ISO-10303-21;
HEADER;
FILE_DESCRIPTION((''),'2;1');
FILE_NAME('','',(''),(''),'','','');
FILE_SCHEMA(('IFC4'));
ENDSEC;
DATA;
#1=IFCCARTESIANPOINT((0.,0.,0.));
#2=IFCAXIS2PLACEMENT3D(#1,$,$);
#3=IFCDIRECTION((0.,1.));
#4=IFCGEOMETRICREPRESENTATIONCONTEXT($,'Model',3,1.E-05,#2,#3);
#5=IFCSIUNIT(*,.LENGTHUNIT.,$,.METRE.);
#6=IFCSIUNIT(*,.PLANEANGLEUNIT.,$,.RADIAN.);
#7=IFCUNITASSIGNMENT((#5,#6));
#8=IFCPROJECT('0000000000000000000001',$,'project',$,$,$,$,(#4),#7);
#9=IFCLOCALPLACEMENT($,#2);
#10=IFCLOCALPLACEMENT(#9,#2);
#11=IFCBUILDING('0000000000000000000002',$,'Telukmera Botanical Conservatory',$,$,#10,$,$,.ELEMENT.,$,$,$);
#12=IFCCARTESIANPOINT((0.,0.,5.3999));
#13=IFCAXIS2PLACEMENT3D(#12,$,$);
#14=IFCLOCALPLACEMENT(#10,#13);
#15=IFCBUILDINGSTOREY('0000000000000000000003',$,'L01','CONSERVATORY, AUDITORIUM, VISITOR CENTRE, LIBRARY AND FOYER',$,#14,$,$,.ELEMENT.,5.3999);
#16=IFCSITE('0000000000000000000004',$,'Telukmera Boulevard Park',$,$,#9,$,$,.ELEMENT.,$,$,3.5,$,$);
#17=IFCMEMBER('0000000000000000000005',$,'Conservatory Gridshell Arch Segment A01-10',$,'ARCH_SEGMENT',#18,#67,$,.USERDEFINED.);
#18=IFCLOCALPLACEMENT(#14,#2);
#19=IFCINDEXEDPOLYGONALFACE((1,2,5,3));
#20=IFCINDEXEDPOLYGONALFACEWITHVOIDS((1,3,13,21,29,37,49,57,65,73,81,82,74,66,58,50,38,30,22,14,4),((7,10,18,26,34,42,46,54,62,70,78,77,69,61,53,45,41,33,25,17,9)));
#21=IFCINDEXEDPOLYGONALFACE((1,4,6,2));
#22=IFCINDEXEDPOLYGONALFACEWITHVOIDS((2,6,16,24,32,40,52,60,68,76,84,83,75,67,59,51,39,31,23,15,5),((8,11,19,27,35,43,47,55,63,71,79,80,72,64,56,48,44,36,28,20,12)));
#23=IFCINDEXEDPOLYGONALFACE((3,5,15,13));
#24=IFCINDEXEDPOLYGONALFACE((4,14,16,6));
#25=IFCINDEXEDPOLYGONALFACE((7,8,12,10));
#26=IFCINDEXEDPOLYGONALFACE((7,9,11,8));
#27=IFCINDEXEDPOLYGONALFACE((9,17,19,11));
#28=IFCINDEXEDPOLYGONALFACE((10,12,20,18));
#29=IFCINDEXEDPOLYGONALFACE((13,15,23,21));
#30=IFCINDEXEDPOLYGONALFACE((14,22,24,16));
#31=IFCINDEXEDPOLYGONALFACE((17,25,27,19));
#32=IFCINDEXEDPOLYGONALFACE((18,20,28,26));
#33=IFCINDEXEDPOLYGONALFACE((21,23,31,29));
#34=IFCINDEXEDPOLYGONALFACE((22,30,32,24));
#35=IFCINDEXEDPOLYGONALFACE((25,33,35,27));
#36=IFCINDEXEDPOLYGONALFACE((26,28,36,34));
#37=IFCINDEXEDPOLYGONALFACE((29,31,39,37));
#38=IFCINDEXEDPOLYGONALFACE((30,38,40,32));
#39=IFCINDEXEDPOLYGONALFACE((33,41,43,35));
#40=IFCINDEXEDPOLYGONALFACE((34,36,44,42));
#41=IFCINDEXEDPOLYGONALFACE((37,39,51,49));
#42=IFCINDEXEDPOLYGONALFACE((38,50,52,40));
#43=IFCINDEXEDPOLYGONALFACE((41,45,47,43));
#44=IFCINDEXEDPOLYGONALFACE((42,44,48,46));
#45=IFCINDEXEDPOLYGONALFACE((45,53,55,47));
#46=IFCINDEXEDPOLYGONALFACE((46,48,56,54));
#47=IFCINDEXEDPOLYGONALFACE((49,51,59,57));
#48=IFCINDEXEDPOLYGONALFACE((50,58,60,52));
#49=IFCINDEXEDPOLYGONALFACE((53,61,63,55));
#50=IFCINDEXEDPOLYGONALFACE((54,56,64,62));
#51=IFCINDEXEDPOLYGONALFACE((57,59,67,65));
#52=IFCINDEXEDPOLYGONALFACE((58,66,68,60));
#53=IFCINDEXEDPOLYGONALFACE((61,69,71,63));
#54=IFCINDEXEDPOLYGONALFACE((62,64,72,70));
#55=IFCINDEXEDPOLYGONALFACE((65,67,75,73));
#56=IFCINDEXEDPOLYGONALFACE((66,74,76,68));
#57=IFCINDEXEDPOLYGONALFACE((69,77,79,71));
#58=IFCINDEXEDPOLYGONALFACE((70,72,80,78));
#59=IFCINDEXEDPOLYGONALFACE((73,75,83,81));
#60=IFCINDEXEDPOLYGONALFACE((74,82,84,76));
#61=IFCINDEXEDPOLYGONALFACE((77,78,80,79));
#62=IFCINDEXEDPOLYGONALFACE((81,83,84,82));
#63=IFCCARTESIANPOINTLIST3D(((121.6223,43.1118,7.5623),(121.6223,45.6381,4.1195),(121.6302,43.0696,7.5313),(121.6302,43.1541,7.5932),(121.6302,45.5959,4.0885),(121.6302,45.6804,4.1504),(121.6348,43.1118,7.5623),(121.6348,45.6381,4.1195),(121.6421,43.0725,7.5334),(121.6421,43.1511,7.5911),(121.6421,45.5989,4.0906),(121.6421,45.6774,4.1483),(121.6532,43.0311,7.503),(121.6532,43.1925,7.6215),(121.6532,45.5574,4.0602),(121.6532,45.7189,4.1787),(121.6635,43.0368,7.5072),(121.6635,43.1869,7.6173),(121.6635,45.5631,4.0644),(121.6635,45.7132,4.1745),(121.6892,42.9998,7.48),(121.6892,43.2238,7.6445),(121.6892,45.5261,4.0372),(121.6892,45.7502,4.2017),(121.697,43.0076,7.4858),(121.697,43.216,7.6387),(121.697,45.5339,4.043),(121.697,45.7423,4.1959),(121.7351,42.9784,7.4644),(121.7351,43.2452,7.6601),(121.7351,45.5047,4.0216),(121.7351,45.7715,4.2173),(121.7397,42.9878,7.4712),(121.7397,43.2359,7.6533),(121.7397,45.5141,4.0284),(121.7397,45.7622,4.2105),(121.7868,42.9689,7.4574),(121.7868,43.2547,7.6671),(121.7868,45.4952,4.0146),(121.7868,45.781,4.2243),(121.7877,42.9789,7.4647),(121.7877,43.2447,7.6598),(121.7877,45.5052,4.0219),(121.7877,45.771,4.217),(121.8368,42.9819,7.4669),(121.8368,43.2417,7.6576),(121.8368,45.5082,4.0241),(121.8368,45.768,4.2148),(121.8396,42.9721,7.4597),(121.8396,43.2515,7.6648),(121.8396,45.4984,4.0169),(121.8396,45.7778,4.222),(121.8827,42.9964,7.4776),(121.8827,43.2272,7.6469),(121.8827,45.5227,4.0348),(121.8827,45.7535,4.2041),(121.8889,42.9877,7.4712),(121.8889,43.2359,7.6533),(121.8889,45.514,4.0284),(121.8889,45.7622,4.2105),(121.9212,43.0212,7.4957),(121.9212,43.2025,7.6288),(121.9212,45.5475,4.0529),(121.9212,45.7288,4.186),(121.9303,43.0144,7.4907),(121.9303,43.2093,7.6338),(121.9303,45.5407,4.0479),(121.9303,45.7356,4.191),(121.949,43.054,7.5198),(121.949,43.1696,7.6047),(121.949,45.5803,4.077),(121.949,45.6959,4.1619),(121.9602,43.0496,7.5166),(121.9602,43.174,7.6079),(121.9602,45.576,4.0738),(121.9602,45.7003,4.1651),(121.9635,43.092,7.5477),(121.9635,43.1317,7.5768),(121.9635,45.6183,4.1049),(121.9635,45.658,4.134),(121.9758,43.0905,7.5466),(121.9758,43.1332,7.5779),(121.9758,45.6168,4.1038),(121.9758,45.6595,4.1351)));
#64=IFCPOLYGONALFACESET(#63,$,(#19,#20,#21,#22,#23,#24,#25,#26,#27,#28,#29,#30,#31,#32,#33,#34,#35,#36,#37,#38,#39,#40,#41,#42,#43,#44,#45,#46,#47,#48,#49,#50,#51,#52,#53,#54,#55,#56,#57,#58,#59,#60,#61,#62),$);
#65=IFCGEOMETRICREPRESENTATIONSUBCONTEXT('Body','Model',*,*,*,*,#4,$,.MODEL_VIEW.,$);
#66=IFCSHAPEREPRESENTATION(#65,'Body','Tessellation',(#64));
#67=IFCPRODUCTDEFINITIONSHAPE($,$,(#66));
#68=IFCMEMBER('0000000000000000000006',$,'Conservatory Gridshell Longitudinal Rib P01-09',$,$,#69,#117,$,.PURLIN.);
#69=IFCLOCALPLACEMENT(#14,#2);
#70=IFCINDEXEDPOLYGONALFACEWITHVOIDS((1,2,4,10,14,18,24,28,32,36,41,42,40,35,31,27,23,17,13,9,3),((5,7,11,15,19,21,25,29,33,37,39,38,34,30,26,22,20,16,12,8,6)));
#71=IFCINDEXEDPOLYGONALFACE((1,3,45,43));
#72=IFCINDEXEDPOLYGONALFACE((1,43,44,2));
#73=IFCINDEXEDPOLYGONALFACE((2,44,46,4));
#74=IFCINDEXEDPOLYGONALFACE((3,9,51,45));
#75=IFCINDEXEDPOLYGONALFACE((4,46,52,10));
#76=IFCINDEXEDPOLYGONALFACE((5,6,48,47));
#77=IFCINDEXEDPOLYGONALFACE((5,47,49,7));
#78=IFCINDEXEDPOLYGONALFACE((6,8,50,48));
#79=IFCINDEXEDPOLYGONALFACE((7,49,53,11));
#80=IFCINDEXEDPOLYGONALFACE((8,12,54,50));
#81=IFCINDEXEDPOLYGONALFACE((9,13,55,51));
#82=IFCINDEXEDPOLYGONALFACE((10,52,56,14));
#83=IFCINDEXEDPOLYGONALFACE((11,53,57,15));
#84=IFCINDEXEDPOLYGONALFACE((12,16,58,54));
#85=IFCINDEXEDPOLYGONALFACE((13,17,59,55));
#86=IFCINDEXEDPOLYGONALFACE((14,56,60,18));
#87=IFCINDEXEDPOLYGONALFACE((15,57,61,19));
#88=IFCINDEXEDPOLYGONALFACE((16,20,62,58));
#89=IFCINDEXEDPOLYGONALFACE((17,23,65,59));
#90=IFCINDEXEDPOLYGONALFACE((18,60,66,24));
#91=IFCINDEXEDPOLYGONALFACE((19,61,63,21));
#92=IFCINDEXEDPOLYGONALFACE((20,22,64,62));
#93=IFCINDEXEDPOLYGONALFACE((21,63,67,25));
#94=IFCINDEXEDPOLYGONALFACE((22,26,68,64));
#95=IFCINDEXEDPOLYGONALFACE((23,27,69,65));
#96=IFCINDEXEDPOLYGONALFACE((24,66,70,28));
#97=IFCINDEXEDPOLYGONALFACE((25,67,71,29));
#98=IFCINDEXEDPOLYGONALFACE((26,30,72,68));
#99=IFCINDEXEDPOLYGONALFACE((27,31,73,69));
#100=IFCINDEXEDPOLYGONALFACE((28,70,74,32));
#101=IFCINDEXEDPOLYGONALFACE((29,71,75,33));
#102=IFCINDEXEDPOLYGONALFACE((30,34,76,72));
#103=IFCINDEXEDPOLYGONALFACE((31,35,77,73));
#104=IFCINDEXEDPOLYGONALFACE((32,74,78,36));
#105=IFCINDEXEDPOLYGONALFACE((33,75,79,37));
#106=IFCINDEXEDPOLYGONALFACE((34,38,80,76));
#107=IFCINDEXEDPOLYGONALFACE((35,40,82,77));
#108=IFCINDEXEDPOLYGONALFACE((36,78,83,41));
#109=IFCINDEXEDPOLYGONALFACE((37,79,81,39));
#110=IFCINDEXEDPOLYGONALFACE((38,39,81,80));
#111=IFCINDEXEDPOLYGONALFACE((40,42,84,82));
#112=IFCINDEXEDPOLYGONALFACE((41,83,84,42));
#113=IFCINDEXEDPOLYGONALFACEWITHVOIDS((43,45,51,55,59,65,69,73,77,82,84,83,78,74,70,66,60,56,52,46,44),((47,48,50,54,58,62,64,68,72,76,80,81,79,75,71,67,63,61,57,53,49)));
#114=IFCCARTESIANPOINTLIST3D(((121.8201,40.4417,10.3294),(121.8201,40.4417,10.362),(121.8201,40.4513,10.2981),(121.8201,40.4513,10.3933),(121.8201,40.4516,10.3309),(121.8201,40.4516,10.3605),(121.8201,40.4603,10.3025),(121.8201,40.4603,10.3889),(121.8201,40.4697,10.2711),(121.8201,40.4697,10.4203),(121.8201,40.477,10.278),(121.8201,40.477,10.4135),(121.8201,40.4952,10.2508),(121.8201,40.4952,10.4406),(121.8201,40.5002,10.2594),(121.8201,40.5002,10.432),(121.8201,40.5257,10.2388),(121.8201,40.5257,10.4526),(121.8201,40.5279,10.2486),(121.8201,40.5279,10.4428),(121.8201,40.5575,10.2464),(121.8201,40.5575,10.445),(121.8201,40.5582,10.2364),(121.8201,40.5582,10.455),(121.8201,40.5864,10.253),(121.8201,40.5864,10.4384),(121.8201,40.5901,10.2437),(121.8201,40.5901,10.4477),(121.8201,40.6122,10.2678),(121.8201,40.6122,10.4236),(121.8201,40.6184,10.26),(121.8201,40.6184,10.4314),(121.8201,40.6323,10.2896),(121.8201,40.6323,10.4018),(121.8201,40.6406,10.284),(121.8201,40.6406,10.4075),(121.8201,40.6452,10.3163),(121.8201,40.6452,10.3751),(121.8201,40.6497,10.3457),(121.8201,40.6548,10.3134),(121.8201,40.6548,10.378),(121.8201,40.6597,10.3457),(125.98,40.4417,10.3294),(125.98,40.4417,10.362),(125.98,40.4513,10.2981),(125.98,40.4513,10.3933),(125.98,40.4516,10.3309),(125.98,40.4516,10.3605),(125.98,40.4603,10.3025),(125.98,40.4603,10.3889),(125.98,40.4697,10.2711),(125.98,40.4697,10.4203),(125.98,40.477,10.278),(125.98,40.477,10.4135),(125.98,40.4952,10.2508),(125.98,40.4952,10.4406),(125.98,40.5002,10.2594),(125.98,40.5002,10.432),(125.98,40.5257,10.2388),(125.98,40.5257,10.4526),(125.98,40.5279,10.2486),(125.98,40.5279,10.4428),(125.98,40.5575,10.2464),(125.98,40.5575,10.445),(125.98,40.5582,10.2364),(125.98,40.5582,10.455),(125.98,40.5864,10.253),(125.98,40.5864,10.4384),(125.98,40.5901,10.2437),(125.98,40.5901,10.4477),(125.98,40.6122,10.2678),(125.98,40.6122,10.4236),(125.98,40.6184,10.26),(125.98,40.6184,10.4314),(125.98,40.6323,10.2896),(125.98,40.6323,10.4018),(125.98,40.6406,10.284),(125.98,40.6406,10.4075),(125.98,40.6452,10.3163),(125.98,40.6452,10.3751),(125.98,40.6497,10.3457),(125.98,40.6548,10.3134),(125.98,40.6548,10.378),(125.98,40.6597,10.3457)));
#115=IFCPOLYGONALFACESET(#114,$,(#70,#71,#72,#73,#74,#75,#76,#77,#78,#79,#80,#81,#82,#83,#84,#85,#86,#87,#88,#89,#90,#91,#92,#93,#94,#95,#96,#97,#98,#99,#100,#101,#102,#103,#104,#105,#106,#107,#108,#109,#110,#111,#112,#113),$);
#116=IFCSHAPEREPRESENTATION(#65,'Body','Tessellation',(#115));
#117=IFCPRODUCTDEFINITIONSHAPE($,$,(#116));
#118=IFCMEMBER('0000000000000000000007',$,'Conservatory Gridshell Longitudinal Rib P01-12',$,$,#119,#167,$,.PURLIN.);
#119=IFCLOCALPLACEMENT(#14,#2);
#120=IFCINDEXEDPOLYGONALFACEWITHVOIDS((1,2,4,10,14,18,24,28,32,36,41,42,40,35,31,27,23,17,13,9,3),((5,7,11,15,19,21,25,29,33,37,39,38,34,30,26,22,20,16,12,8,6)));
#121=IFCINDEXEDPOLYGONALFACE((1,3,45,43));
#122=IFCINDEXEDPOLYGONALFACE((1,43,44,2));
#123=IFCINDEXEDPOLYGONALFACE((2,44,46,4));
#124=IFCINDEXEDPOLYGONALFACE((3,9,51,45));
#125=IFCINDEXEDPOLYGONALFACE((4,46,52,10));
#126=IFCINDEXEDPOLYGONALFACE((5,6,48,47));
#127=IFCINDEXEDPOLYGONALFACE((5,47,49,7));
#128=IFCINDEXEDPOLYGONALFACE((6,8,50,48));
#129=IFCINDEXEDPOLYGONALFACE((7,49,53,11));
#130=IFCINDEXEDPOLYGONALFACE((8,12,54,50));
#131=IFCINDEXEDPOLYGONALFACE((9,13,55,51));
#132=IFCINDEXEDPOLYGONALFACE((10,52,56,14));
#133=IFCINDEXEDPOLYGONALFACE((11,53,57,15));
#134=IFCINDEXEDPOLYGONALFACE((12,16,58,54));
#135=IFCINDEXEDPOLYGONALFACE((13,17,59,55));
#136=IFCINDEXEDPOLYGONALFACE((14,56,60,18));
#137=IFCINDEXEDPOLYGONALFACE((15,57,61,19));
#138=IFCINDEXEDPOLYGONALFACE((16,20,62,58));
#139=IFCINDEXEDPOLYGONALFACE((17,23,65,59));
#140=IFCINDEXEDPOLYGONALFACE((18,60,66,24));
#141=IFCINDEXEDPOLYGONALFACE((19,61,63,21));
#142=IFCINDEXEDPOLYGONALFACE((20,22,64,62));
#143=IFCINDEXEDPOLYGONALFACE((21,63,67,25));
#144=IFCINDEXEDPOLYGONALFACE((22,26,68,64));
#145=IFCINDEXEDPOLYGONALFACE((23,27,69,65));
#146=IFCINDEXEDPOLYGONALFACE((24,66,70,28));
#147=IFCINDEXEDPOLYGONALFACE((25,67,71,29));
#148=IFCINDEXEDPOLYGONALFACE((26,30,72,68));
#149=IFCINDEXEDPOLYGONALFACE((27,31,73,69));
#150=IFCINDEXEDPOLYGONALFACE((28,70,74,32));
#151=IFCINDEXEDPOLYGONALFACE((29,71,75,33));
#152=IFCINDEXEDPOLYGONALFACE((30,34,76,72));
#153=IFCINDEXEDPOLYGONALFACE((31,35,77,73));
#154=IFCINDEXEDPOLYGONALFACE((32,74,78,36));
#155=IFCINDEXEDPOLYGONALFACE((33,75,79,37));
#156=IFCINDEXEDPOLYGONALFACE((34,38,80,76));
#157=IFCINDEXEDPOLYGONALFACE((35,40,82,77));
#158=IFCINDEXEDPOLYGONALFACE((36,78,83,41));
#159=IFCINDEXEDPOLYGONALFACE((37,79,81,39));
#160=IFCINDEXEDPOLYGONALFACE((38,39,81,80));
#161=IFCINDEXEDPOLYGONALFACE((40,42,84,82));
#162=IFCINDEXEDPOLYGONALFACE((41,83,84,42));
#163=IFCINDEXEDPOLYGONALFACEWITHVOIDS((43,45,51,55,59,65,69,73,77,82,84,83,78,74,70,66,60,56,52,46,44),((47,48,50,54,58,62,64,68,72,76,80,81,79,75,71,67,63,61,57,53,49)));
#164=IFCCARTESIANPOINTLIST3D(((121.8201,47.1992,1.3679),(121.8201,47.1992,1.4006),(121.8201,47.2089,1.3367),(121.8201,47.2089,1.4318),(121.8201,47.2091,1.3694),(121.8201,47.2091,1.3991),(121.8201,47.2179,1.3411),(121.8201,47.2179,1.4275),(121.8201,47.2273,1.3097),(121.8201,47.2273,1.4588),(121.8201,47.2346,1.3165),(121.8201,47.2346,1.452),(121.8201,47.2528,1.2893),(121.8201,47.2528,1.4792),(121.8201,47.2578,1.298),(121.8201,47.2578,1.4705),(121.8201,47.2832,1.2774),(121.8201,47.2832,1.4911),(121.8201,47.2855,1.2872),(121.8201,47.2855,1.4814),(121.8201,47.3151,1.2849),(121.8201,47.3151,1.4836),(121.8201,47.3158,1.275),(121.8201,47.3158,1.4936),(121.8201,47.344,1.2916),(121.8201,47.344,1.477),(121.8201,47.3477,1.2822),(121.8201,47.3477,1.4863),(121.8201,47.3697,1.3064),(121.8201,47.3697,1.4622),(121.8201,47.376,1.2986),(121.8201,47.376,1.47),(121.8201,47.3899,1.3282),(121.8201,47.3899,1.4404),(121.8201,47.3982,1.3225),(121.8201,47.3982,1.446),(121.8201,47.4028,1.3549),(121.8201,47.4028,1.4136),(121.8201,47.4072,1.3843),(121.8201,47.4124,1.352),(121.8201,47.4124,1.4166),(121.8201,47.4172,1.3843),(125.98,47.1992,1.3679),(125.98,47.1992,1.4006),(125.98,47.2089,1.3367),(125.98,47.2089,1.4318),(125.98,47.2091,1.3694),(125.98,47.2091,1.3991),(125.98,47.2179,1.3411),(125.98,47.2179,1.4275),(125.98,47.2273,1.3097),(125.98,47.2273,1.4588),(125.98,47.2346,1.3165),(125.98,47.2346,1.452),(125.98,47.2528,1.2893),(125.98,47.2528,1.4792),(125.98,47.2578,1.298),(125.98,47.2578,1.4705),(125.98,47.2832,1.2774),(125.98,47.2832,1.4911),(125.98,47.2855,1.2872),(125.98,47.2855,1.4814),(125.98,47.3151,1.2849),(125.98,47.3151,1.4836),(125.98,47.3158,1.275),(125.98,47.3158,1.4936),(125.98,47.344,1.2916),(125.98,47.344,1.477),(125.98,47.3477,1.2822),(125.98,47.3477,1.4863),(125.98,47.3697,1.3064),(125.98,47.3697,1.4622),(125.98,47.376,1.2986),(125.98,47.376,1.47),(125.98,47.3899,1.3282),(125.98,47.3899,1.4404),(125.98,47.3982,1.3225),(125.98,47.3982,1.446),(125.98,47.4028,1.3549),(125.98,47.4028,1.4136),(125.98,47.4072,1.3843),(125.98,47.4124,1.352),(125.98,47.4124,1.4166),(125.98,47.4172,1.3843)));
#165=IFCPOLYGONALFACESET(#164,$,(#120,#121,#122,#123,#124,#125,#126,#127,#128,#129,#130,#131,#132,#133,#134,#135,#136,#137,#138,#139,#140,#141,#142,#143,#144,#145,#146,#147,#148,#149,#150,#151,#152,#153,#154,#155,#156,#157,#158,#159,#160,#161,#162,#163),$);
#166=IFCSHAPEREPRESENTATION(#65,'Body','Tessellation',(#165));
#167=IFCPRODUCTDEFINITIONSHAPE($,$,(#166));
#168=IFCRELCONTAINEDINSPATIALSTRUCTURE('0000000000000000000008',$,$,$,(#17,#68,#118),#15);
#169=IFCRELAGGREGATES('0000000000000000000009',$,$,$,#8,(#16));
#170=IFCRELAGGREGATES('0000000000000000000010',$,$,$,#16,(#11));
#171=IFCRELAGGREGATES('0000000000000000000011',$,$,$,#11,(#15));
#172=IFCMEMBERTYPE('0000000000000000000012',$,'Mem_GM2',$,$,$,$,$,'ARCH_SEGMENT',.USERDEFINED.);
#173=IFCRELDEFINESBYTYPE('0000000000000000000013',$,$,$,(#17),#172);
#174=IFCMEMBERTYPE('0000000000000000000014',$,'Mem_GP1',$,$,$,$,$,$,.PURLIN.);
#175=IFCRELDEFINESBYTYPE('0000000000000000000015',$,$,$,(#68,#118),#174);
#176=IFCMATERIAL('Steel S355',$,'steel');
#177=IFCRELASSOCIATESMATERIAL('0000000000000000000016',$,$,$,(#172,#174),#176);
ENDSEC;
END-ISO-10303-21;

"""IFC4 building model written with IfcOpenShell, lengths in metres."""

from ifc_helpers import new_model, si_unit, direction, frame, origin, origin_2d, place, context, subcontext, project, spatial, hollow_circle, extrude, material, material_profile, profile_set, type_object, element, save


model = new_model("IFC4")

# Units and contexts
model_context = context("Model", 3, precision=1e-05, world=origin(), true_north=direction((0.0, 1.0)))
body_context = subcontext(model_context, "Body", "Model", "MODEL_VIEW")
ifc_project = project(units=[si_unit("LENGTHUNIT", "METRE"), si_unit("PLANEANGLEUNIT", "RADIAN")], contexts=[model_context])

# Site, building, storey
site_placement = place(None, origin())
site = spatial("IfcSite", under=ifc_project, at=site_placement, Name="Telukmera Boulevard Park", CompositionType="ELEMENT", RefElevation=3.5)
building_placement = place(site_placement, origin())
building = spatial("IfcBuilding", under=site, at=building_placement, Name="Telukmera Botanical Conservatory", CompositionType="ELEMENT")
storey_placement = place(building_placement, frame((0.0, 0.0, 5.3999)))
storey = spatial("IfcBuildingStorey", under=building, at=storey_placement, Name="L01", Description="CONSERVATORY, AUDITORIUM, VISITOR CENTRE, LIBRARY AND FOYER", CompositionType="ELEMENT", Elevation=5.3999)

# Members
ifc_material_1 = material(Name="Steel S355", Category="steel")
ifc_material_profile_1 = material_profile(ifc_material_1, hollow_circle(Radius=0.1777, WallThickness=0.0125, at=origin_2d()), Name="CHS 355.6x12.5")
ifc_profile_set_1 = profile_set([ifc_material_profile_1], Name="Steel S355")
member_type_1 = type_object("IfcMemberType", Name="Mem_GM2", ElementType="ARCH_SEGMENT", PredefinedType="USERDEFINED", material=ifc_profile_set_1)
member_1_placement = place(storey_placement, frame((121.8, 43.1118, 7.5623), z_axis=(0.0, 0.591607, -0.806227), x_axis=(-1.0, 0.0, 0.0)))
element("IfcMember", 1, at=member_1_placement, inside=storey, type_object=member_type_1, Name="Conservatory Gridshell Arch Segment A01-10", ObjectType="ARCH_SEGMENT", PredefinedType="USERDEFINED", context=body_context, shape_type="SweptSolid", body=[
    extrude(hollow_circle(Radius=0.1777, WallThickness=0.0125, at=origin_2d()), origin(), (0.0, 0.0, 1.0), 4.2703),
])
ifc_material_profile_2 = material_profile(ifc_material_1, hollow_circle(Radius=0.1096, WallThickness=0.01, at=origin_2d()), Name="CHS 219.1x10.0")
ifc_profile_set_2 = profile_set([ifc_material_profile_2], Name="Steel S355")
member_type_2 = type_object("IfcMemberType", Name="Mem_GP1", PredefinedType="PURLIN", material=ifc_profile_set_2)
for number, where, z_axis, x_axis, name in (
    (2, (121.8201, 40.55, 10.3457), (1.0, 0.0, 0.0), (0.0, 1.0, 0.0), "Conservatory Gridshell Longitudinal Rib P01-09"),
    (3, (121.8201, 47.3076, 1.3843), (1.0, 0.0, 0.0), (0.0, 1.0, 0.0), "Conservatory Gridshell Longitudinal Rib P01-12"),
):
    element("IfcMember", number, at=place(storey_placement, frame(where, z_axis=z_axis, x_axis=x_axis)), inside=storey, type_object=member_type_2, Name=name, PredefinedType="PURLIN", context=body_context, shape_type="SweptSolid", body=[
        extrude(hollow_circle(Radius=0.1096, WallThickness=0.01, at=origin_2d()), origin(), (0.0, 0.0, 1.0), 4.1599),
    ])

save(model, "model.ifc")
